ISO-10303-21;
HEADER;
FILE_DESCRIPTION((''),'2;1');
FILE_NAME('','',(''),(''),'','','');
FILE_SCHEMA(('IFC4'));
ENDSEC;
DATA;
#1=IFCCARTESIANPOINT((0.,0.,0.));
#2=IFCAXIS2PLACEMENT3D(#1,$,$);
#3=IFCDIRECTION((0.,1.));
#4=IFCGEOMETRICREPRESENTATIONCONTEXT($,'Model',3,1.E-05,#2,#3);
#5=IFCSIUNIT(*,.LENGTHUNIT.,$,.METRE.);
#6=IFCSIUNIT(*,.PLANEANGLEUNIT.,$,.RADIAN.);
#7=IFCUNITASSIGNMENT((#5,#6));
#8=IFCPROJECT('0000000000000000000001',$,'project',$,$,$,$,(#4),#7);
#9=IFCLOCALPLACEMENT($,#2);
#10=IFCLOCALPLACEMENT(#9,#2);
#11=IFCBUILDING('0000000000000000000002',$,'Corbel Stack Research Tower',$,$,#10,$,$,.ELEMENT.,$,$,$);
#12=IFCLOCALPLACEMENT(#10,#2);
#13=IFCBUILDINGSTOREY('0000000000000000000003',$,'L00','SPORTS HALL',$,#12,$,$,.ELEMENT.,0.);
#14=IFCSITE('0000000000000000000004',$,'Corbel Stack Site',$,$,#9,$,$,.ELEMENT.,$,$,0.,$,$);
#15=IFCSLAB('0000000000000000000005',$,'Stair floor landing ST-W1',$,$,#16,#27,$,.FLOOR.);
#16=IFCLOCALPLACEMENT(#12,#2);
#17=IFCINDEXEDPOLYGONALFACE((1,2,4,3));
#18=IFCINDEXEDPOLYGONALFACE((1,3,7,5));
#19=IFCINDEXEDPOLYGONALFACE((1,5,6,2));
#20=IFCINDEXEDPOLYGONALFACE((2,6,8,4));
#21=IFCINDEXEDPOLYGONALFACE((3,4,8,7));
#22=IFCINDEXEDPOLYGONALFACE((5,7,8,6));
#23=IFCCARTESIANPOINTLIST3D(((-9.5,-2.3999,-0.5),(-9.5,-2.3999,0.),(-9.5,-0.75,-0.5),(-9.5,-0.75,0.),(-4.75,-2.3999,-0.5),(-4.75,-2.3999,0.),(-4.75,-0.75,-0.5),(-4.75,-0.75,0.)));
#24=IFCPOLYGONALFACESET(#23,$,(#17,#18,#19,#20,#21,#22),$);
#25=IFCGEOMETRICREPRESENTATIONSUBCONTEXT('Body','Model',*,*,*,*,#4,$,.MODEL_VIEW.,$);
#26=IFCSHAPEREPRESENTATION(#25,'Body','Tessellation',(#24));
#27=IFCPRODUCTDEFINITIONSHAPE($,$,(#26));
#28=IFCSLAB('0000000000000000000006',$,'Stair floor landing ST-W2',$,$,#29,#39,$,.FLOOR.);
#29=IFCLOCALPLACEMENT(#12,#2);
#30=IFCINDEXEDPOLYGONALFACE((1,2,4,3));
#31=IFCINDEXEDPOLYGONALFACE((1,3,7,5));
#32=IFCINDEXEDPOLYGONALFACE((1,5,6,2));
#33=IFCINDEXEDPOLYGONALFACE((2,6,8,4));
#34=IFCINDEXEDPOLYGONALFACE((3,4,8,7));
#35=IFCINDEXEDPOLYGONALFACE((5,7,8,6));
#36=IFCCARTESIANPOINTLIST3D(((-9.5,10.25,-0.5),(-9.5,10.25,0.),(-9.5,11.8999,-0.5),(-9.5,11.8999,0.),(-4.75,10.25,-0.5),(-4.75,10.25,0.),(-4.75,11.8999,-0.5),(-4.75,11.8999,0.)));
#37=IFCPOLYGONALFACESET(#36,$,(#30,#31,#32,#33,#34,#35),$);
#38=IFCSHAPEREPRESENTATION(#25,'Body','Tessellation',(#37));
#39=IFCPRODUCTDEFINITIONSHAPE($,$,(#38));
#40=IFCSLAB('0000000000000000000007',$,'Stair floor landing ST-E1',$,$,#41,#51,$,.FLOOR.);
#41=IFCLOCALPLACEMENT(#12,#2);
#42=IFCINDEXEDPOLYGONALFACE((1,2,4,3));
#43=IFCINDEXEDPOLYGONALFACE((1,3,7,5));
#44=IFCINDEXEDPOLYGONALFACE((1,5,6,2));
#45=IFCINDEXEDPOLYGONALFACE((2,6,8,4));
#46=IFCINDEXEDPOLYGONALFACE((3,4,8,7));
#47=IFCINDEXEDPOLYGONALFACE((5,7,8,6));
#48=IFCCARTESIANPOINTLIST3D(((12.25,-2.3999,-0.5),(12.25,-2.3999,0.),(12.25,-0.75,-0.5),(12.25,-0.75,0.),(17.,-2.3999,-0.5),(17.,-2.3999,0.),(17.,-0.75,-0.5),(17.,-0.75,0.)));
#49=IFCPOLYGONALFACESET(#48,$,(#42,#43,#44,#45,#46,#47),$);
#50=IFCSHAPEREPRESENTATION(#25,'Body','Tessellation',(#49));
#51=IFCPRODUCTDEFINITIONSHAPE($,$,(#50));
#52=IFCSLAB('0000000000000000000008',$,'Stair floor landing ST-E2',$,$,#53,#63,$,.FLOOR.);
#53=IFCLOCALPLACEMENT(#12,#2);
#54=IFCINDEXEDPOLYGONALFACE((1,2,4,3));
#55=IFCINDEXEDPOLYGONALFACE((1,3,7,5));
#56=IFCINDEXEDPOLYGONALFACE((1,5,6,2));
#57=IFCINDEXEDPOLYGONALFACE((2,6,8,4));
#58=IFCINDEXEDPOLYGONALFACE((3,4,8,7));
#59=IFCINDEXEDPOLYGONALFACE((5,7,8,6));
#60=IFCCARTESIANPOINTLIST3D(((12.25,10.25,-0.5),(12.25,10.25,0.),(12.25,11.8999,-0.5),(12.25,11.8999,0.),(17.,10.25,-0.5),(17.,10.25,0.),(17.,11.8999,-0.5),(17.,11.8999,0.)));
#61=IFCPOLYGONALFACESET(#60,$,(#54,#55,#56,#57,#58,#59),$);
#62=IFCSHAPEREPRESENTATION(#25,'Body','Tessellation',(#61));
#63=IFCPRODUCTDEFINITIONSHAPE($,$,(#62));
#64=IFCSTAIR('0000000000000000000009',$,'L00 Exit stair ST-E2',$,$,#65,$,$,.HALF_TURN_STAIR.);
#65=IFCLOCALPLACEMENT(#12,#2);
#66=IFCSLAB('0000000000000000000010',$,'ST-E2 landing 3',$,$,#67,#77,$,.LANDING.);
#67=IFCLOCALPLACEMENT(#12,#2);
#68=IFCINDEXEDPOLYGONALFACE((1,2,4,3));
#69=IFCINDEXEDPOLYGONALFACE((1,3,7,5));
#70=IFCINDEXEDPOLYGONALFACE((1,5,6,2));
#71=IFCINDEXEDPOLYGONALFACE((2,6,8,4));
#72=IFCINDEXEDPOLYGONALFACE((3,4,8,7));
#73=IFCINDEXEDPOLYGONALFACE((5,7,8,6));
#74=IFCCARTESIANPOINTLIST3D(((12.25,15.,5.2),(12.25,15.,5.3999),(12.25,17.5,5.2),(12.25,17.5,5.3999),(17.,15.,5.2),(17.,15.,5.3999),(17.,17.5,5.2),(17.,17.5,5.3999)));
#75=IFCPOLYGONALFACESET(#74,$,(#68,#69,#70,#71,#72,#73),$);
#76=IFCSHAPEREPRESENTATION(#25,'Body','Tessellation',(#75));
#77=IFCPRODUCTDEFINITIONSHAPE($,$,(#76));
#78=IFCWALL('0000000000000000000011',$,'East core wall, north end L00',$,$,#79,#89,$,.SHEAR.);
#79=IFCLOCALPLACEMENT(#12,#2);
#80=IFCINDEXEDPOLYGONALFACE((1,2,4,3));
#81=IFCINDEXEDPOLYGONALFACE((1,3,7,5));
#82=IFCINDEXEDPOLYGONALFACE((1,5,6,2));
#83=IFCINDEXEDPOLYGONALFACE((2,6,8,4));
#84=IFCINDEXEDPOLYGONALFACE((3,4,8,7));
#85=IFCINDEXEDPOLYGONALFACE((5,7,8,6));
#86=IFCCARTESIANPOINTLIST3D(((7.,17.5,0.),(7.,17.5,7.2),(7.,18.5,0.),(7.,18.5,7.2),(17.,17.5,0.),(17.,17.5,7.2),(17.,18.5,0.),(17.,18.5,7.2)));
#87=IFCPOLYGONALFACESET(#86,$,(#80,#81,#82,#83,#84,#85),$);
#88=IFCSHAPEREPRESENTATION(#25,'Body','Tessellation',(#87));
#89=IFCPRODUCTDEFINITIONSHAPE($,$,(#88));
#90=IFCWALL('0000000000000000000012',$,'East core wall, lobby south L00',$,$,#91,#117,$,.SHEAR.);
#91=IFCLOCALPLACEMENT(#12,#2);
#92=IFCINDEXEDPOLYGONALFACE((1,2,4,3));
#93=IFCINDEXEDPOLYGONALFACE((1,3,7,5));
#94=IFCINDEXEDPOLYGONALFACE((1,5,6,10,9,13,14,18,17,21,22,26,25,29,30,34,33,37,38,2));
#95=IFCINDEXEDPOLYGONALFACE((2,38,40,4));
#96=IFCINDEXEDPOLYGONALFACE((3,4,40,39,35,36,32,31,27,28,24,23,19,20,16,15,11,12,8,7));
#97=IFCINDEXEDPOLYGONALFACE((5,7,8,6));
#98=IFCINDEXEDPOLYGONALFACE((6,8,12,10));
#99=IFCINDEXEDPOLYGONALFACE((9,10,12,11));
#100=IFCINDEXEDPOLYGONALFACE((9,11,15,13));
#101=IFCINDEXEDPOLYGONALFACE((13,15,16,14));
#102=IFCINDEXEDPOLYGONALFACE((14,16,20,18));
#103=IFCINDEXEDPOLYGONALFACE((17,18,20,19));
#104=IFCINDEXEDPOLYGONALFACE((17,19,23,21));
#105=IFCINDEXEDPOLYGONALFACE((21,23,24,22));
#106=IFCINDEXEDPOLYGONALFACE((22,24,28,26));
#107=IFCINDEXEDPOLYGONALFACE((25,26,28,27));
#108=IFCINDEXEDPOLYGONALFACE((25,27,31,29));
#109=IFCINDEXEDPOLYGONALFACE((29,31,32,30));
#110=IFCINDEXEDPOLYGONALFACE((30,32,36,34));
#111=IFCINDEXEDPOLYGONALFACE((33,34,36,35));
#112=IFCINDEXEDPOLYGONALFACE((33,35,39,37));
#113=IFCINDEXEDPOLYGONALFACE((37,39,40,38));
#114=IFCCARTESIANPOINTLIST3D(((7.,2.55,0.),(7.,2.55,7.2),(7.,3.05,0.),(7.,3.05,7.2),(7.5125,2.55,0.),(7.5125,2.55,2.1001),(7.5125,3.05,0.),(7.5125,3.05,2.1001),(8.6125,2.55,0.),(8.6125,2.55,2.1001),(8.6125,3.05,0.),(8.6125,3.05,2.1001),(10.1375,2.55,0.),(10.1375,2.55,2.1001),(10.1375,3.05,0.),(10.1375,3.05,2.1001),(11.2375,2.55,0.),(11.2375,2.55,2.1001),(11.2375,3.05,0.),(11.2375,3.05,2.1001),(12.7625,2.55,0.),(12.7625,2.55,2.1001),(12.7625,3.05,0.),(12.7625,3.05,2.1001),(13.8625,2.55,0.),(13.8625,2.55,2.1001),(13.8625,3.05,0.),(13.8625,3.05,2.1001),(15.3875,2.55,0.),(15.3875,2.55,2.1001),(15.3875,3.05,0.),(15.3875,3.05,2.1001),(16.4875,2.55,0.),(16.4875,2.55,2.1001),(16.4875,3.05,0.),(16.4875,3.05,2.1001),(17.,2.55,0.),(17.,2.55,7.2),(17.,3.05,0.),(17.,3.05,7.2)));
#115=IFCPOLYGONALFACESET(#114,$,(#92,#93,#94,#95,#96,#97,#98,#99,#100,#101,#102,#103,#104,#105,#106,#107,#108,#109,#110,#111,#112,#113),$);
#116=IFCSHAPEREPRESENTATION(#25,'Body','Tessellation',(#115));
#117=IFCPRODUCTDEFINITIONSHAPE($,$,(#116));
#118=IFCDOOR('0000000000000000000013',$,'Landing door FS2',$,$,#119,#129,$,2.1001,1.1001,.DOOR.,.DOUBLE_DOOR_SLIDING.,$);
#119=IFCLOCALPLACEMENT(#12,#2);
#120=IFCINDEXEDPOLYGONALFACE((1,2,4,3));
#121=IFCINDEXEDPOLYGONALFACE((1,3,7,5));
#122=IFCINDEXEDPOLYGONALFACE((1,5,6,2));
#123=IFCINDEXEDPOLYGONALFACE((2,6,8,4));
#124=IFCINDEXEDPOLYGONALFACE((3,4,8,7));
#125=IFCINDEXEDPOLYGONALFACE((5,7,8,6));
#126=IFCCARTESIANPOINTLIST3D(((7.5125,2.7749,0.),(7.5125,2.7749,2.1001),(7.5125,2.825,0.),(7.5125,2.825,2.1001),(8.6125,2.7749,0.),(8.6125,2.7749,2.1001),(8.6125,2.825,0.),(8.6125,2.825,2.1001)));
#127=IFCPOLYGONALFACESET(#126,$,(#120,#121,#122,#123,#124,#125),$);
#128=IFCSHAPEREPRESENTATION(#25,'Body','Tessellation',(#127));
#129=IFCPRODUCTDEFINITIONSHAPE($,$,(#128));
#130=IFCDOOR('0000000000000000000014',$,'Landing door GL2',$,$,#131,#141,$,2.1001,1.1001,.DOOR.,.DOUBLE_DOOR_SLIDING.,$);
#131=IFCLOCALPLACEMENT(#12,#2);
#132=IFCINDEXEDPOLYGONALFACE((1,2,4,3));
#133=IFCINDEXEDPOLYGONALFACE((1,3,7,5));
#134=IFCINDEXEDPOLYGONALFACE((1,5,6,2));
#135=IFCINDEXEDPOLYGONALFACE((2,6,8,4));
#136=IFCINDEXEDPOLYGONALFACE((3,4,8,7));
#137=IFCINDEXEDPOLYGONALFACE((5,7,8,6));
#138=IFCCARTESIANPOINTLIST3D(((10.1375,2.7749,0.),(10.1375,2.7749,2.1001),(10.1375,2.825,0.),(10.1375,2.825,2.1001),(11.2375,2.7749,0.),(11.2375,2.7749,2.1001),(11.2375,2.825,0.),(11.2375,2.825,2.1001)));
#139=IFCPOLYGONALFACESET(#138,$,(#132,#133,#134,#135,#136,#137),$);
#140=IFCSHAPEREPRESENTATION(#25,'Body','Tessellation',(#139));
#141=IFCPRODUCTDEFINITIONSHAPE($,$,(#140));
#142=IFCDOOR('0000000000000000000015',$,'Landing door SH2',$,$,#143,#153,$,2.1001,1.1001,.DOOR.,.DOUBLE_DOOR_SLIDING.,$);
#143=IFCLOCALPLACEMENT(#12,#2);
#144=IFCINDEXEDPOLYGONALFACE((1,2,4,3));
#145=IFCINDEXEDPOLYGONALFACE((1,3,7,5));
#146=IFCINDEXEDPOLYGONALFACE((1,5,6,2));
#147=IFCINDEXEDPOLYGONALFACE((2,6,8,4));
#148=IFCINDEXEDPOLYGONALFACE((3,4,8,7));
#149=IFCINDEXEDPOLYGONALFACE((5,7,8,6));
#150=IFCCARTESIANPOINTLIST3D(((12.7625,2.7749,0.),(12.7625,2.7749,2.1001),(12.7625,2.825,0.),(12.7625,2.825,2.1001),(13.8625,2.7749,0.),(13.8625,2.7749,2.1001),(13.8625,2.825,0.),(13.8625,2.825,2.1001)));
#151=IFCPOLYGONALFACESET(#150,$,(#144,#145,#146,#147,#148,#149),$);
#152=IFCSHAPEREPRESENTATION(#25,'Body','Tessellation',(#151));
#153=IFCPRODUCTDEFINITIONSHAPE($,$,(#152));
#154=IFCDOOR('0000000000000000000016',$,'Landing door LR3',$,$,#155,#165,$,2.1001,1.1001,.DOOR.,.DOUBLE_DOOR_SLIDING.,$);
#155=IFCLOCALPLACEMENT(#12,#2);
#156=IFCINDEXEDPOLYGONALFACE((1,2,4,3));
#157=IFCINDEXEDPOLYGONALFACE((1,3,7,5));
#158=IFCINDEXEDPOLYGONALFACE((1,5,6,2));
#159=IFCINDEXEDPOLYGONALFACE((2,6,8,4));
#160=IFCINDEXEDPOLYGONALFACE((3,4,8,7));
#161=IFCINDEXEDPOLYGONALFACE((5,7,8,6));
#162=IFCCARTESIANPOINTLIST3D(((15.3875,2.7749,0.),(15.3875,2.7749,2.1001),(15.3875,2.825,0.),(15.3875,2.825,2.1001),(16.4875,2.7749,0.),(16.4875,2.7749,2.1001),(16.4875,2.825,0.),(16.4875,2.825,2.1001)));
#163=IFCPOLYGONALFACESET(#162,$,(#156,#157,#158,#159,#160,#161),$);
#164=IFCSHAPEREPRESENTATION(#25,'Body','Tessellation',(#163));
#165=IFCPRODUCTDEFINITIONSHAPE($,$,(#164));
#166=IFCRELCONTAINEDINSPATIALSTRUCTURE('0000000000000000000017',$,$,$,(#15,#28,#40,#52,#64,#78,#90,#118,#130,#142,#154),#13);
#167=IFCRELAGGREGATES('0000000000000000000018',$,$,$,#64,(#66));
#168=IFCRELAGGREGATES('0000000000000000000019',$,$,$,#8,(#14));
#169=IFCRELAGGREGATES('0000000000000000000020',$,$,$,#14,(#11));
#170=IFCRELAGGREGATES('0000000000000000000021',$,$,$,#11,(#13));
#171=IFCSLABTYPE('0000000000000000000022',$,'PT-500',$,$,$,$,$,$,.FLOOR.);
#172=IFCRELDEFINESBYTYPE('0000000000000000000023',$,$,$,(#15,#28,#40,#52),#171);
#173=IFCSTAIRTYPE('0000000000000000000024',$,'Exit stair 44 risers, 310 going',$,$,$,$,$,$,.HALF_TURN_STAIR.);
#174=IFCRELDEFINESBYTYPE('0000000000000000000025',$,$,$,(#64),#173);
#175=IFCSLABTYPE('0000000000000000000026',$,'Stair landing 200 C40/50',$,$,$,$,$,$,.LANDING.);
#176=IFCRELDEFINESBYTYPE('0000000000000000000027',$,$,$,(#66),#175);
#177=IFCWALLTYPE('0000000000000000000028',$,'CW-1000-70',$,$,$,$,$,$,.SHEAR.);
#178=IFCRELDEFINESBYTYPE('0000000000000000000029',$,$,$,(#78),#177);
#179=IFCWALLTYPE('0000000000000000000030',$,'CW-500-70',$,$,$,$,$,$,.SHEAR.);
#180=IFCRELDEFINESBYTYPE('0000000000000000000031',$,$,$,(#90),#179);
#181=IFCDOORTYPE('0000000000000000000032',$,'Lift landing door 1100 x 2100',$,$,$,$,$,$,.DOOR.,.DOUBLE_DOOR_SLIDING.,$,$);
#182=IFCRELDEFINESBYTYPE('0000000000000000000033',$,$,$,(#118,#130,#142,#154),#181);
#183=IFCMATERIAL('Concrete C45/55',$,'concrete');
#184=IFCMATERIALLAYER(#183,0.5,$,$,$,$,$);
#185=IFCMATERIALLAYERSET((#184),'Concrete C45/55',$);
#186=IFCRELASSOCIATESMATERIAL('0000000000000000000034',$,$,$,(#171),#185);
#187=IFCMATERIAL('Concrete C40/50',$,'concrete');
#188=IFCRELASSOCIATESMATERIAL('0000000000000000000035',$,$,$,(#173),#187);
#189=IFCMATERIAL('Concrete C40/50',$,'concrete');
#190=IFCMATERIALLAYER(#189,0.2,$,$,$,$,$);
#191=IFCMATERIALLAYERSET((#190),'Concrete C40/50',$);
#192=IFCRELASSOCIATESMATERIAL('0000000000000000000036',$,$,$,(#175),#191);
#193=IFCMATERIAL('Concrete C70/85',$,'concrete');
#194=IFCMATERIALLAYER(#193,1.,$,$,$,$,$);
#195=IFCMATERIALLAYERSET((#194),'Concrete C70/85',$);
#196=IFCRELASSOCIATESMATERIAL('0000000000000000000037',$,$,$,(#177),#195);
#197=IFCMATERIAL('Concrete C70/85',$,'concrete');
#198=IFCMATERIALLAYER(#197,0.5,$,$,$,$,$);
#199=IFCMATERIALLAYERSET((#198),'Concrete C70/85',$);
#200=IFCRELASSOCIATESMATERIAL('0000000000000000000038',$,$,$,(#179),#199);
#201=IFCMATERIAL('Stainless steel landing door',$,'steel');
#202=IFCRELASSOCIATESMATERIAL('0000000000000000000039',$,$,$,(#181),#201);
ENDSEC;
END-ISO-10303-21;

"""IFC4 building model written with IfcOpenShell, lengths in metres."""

from ifc_helpers import new_model, si_unit, direction, frame, frame_2d, origin, place, context, subcontext, project, spatial, polyline, rectangle, outline, extrude, material, layer, layer_set, type_object, element, fill, aggregate, save


model = new_model("IFC4")

# Units and contexts
model_context = context("Model", 3, precision=1e-05, world=origin(), true_north=direction((0.0, 1.0)))
body_context = subcontext(model_context, "Body", "Model", "MODEL_VIEW")
ifc_project = project(units=[si_unit("LENGTHUNIT", "METRE"), si_unit("PLANEANGLEUNIT", "RADIAN")], contexts=[model_context])

# Site, building, storey
site_placement = place(None, origin())
site = spatial("IfcSite", under=ifc_project, at=site_placement, Name="Corbel Stack Site", CompositionType="ELEMENT", RefElevation=0.0)
building_placement = place(site_placement, origin())
building = spatial("IfcBuilding", under=site, at=building_placement, Name="Corbel Stack Research Tower", CompositionType="ELEMENT")
storey_placement = place(building_placement, origin())
storey = spatial("IfcBuildingStorey", under=building, at=storey_placement, Name="L00", Description="SPORTS HALL", CompositionType="ELEMENT", Elevation=0.0)

# Slabs
ifc_material_1 = material(Name="Concrete C45/55", Category="concrete")
ifc_layer_1 = layer(ifc_material_1, 0.5)
ifc_layer_set_1 = layer_set([ifc_layer_1], Name="Concrete C45/55")
slab_type_1 = type_object("IfcSlabType", Name="PT-500", PredefinedType="FLOOR", material=ifc_layer_set_1)
slab_1_placement = place(storey_placement, frame((0.0, 0.0, -0.5)))
element("IfcSlab", 1, at=slab_1_placement, inside=storey, type_object=slab_type_1, Name="Stair floor landing ST-W1", PredefinedType="FLOOR", context=body_context, shape_type="SweptSolid", body=[
    extrude(outline(polyline([(-9.5, -2.3999), (-4.75, -2.3999), (-4.75, -0.75), (-9.5, -0.75), (-9.5, -2.3999)])), origin(), (0.0, 0.0, 1.0), 0.5),
])
slab_2_placement = place(storey_placement, frame((0.0, 0.0, -0.5)))
element("IfcSlab", 2, at=slab_2_placement, inside=storey, type_object=slab_type_1, Name="Stair floor landing ST-W2", PredefinedType="FLOOR", context=body_context, shape_type="SweptSolid", body=[
    extrude(outline(polyline([(-9.5, 10.25), (-4.75, 10.25), (-4.75, 11.8999), (-9.5, 11.8999), (-9.5, 10.25)])), origin(), (0.0, 0.0, 1.0), 0.5),
])
slab_3_placement = place(storey_placement, frame((0.0, 0.0, -0.5)))
element("IfcSlab", 3, at=slab_3_placement, inside=storey, type_object=slab_type_1, Name="Stair floor landing ST-E1", PredefinedType="FLOOR", context=body_context, shape_type="SweptSolid", body=[
    extrude(outline(polyline([(12.25, -2.3999), (17.0, -2.3999), (17.0, -0.75), (12.25, -0.75), (12.25, -2.3999)])), origin(), (0.0, 0.0, 1.0), 0.5),
])
slab_4_placement = place(storey_placement, frame((0.0, 0.0, -0.5)))
element("IfcSlab", 4, at=slab_4_placement, inside=storey, type_object=slab_type_1, Name="Stair floor landing ST-E2", PredefinedType="FLOOR", context=body_context, shape_type="SweptSolid", body=[
    extrude(outline(polyline([(12.25, 10.25), (17.0, 10.25), (17.0, 11.8999), (12.25, 11.8999), (12.25, 10.25)])), origin(), (0.0, 0.0, 1.0), 0.5),
])

# Stair, slab
ifc_material_2 = material(Name="Concrete C40/50", Category="concrete")
stair_type = type_object("IfcStairType", Name="Exit stair 44 risers, 310 going", PredefinedType="HALF_TURN_STAIR", material=ifc_material_2)
stair_placement = place(storey_placement, origin())
stair = element("IfcStair", 5, at=stair_placement, inside=storey, type_object=stair_type, Name="L00 Exit stair ST-E2", PredefinedType="HALF_TURN_STAIR")
ifc_material_3 = material(Name="Concrete C40/50", Category="concrete")
ifc_layer_2 = layer(ifc_material_3, 0.2)
ifc_layer_set_2 = layer_set([ifc_layer_2], Name="Concrete C40/50")
slab_type_2 = type_object("IfcSlabType", Name="Stair landing 200 C40/50", PredefinedType="LANDING", material=ifc_layer_set_2)
slab_5_placement = place(storey_placement, frame((0.0, 0.0, 5.2)))
slab_5 = element("IfcSlab", 6, at=slab_5_placement, type_object=slab_type_2, Name="ST-E2 landing 3", PredefinedType="LANDING", context=body_context, shape_type="SweptSolid", body=[
    extrude(outline(polyline([(12.25, 15.0), (12.25, 17.5), (17.0, 17.5), (17.0, 15.0), (12.25, 15.0)])), origin(), (0.0, 0.0, 1.0), 0.2),
])
aggregate(stair, [slab_5])

# Wall
ifc_material_4 = material(Name="Concrete C70/85", Category="concrete")
ifc_layer_3 = layer(ifc_material_4, 1.0)
ifc_layer_set_3 = layer_set([ifc_layer_3], Name="Concrete C70/85")
wall_type_1 = type_object("IfcWallType", Name="CW-1000-70", PredefinedType="SHEAR", material=ifc_layer_set_3)
wall_1_placement = place(storey_placement, frame((7.0, 18.0, 0.0), z_axis=(0.0, 0.0, 1.0), x_axis=(1.0, 0.0, 0.0)))
element("IfcWall", 7, at=wall_1_placement, inside=storey, type_object=wall_type_1, Name="East core wall, north end L00", PredefinedType="SHEAR", context=body_context, shape_type="SweptSolid", body=[
    extrude(rectangle(XDim=10.0, YDim=1.0, at=frame_2d((5.0, 0.0))), origin(), (0.0, 0.0, 1.0), 7.2),
])

# Wall, openings, doors
ifc_material_5 = material(Name="Concrete C70/85", Category="concrete")
ifc_layer_4 = layer(ifc_material_5, 0.5)
ifc_layer_set_4 = layer_set([ifc_layer_4], Name="Concrete C70/85")
wall_type_2 = type_object("IfcWallType", Name="CW-500-70", PredefinedType="SHEAR", material=ifc_layer_set_4)
wall_2_placement = place(storey_placement, frame((7.0, 2.8, 0.0), z_axis=(0.0, 0.0, 1.0), x_axis=(1.0, 0.0, 0.0)))
wall_2 = element("IfcWall", 8, at=wall_2_placement, inside=storey, type_object=wall_type_2, Name="East core wall, lobby south L00", PredefinedType="SHEAR", context=body_context, shape_type="SweptSolid", body=[
    extrude(rectangle(XDim=10.0, YDim=0.5, at=frame_2d((5.0, 0.0))), origin(), (0.0, 0.0, 1.0), 7.2),
])
opening_1_placement = place(wall_2_placement, frame((0.5125, 0.0, 0.0)))
opening_1 = element("IfcOpeningElement", 9, at=opening_1_placement, cuts=wall_2, PredefinedType="OPENING", context=body_context, shape_type="SweptSolid", body=[
    extrude(rectangle(XDim=1.1001, YDim=2.1001, at=frame_2d((0.55, 1.05))), frame((0.0, 0.26, 0.0), z_axis=(0.0, -1.0, 0.0), x_axis=(1.0, 0.0, 0.0)), (0.0, 0.0, 1.0), 0.52),
])
opening_2_placement = place(wall_2_placement, frame((3.1375, 0.0, 0.0)))
opening_2 = element("IfcOpeningElement", 10, at=opening_2_placement, cuts=wall_2, PredefinedType="OPENING", context=body_context, shape_type="SweptSolid", body=[
    extrude(rectangle(XDim=1.1001, YDim=2.1001, at=frame_2d((0.55, 1.05))), frame((0.0, 0.26, 0.0), z_axis=(0.0, -1.0, 0.0), x_axis=(1.0, 0.0, 0.0)), (0.0, 0.0, 1.0), 0.52),
])
opening_3_placement = place(wall_2_placement, frame((5.7625, 0.0, 0.0)))
opening_3 = element("IfcOpeningElement", 11, at=opening_3_placement, cuts=wall_2, PredefinedType="OPENING", context=body_context, shape_type="SweptSolid", body=[
    extrude(rectangle(XDim=1.1001, YDim=2.1001, at=frame_2d((0.55, 1.05))), frame((0.0, 0.26, 0.0), z_axis=(0.0, -1.0, 0.0), x_axis=(1.0, 0.0, 0.0)), (0.0, 0.0, 1.0), 0.52),
])
opening_4_placement = place(wall_2_placement, frame((8.3875, 0.0, 0.0)))
opening_4 = element("IfcOpeningElement", 12, at=opening_4_placement, cuts=wall_2, PredefinedType="OPENING", context=body_context, shape_type="SweptSolid", body=[
    extrude(rectangle(XDim=1.1001, YDim=2.1001, at=frame_2d((0.55, 1.05))), frame((0.0, 0.26, 0.0), z_axis=(0.0, -1.0, 0.0), x_axis=(1.0, 0.0, 0.0)), (0.0, 0.0, 1.0), 0.52),
])
ifc_material_6 = material(Name="Stainless steel landing door", Category="steel")
door_type_1 = type_object("IfcDoorType", Name="Lift landing door 1100 x 2100", OperationType="DOUBLE_DOOR_SLIDING", PredefinedType="DOOR", material=ifc_material_6)
door_1_placement = place(opening_1_placement, origin())
door_1 = element("IfcDoor", 13, at=door_1_placement, inside=storey, type_object=door_type_1, Name="Landing door FS2", OperationType="DOUBLE_DOOR_SLIDING", OverallHeight=2.1001, OverallWidth=1.1001, PredefinedType="DOOR", context=body_context, shape_type="SweptSolid", body=[
    extrude(rectangle(XDim=1.1001, YDim=2.1001, at=frame_2d((0.55, 1.05))), frame((0.0, 0.0249, 0.0), z_axis=(0.0, -1.0, 0.0), x_axis=(1.0, 0.0, 0.0)), (0.0, 0.0, 1.0), 0.05),
])
fill(opening_1, door_1)
door_2_placement = place(opening_2_placement, origin())
door_2 = element("IfcDoor", 14, at=door_2_placement, inside=storey, type_object=door_type_1, Name="Landing door GL2", OperationType="DOUBLE_DOOR_SLIDING", OverallHeight=2.1001, OverallWidth=1.1001, PredefinedType="DOOR", context=body_context, shape_type="SweptSolid", body=[
    extrude(rectangle(XDim=1.1001, YDim=2.1001, at=frame_2d((0.55, 1.05))), frame((0.0, 0.0249, 0.0), z_axis=(0.0, -1.0, 0.0), x_axis=(1.0, 0.0, 0.0)), (0.0, 0.0, 1.0), 0.05),
])
fill(opening_2, door_2)
door_3_placement = place(opening_3_placement, origin())
door_3 = element("IfcDoor", 15, at=door_3_placement, inside=storey, type_object=door_type_1, Name="Landing door SH2", OperationType="DOUBLE_DOOR_SLIDING", OverallHeight=2.1001, OverallWidth=1.1001, PredefinedType="DOOR", context=body_context, shape_type="SweptSolid", body=[
    extrude(rectangle(XDim=1.1001, YDim=2.1001, at=frame_2d((0.55, 1.05))), frame((0.0, 0.0249, 0.0), z_axis=(0.0, -1.0, 0.0), x_axis=(1.0, 0.0, 0.0)), (0.0, 0.0, 1.0), 0.05),
])
fill(opening_3, door_3)
door_4_placement = place(opening_4_placement, origin())
door_4 = element("IfcDoor", 16, at=door_4_placement, inside=storey, type_object=door_type_1, Name="Landing door LR3", OperationType="DOUBLE_DOOR_SLIDING", OverallHeight=2.1001, OverallWidth=1.1001, PredefinedType="DOOR", context=body_context, shape_type="SweptSolid", body=[
    extrude(rectangle(XDim=1.1001, YDim=2.1001, at=frame_2d((0.55, 1.05))), frame((0.0, 0.0249, 0.0), z_axis=(0.0, -1.0, 0.0), x_axis=(1.0, 0.0, 0.0)), (0.0, 0.0, 1.0), 0.05),
])
fill(opening_4, door_4)

save(model, "model.ifc")
